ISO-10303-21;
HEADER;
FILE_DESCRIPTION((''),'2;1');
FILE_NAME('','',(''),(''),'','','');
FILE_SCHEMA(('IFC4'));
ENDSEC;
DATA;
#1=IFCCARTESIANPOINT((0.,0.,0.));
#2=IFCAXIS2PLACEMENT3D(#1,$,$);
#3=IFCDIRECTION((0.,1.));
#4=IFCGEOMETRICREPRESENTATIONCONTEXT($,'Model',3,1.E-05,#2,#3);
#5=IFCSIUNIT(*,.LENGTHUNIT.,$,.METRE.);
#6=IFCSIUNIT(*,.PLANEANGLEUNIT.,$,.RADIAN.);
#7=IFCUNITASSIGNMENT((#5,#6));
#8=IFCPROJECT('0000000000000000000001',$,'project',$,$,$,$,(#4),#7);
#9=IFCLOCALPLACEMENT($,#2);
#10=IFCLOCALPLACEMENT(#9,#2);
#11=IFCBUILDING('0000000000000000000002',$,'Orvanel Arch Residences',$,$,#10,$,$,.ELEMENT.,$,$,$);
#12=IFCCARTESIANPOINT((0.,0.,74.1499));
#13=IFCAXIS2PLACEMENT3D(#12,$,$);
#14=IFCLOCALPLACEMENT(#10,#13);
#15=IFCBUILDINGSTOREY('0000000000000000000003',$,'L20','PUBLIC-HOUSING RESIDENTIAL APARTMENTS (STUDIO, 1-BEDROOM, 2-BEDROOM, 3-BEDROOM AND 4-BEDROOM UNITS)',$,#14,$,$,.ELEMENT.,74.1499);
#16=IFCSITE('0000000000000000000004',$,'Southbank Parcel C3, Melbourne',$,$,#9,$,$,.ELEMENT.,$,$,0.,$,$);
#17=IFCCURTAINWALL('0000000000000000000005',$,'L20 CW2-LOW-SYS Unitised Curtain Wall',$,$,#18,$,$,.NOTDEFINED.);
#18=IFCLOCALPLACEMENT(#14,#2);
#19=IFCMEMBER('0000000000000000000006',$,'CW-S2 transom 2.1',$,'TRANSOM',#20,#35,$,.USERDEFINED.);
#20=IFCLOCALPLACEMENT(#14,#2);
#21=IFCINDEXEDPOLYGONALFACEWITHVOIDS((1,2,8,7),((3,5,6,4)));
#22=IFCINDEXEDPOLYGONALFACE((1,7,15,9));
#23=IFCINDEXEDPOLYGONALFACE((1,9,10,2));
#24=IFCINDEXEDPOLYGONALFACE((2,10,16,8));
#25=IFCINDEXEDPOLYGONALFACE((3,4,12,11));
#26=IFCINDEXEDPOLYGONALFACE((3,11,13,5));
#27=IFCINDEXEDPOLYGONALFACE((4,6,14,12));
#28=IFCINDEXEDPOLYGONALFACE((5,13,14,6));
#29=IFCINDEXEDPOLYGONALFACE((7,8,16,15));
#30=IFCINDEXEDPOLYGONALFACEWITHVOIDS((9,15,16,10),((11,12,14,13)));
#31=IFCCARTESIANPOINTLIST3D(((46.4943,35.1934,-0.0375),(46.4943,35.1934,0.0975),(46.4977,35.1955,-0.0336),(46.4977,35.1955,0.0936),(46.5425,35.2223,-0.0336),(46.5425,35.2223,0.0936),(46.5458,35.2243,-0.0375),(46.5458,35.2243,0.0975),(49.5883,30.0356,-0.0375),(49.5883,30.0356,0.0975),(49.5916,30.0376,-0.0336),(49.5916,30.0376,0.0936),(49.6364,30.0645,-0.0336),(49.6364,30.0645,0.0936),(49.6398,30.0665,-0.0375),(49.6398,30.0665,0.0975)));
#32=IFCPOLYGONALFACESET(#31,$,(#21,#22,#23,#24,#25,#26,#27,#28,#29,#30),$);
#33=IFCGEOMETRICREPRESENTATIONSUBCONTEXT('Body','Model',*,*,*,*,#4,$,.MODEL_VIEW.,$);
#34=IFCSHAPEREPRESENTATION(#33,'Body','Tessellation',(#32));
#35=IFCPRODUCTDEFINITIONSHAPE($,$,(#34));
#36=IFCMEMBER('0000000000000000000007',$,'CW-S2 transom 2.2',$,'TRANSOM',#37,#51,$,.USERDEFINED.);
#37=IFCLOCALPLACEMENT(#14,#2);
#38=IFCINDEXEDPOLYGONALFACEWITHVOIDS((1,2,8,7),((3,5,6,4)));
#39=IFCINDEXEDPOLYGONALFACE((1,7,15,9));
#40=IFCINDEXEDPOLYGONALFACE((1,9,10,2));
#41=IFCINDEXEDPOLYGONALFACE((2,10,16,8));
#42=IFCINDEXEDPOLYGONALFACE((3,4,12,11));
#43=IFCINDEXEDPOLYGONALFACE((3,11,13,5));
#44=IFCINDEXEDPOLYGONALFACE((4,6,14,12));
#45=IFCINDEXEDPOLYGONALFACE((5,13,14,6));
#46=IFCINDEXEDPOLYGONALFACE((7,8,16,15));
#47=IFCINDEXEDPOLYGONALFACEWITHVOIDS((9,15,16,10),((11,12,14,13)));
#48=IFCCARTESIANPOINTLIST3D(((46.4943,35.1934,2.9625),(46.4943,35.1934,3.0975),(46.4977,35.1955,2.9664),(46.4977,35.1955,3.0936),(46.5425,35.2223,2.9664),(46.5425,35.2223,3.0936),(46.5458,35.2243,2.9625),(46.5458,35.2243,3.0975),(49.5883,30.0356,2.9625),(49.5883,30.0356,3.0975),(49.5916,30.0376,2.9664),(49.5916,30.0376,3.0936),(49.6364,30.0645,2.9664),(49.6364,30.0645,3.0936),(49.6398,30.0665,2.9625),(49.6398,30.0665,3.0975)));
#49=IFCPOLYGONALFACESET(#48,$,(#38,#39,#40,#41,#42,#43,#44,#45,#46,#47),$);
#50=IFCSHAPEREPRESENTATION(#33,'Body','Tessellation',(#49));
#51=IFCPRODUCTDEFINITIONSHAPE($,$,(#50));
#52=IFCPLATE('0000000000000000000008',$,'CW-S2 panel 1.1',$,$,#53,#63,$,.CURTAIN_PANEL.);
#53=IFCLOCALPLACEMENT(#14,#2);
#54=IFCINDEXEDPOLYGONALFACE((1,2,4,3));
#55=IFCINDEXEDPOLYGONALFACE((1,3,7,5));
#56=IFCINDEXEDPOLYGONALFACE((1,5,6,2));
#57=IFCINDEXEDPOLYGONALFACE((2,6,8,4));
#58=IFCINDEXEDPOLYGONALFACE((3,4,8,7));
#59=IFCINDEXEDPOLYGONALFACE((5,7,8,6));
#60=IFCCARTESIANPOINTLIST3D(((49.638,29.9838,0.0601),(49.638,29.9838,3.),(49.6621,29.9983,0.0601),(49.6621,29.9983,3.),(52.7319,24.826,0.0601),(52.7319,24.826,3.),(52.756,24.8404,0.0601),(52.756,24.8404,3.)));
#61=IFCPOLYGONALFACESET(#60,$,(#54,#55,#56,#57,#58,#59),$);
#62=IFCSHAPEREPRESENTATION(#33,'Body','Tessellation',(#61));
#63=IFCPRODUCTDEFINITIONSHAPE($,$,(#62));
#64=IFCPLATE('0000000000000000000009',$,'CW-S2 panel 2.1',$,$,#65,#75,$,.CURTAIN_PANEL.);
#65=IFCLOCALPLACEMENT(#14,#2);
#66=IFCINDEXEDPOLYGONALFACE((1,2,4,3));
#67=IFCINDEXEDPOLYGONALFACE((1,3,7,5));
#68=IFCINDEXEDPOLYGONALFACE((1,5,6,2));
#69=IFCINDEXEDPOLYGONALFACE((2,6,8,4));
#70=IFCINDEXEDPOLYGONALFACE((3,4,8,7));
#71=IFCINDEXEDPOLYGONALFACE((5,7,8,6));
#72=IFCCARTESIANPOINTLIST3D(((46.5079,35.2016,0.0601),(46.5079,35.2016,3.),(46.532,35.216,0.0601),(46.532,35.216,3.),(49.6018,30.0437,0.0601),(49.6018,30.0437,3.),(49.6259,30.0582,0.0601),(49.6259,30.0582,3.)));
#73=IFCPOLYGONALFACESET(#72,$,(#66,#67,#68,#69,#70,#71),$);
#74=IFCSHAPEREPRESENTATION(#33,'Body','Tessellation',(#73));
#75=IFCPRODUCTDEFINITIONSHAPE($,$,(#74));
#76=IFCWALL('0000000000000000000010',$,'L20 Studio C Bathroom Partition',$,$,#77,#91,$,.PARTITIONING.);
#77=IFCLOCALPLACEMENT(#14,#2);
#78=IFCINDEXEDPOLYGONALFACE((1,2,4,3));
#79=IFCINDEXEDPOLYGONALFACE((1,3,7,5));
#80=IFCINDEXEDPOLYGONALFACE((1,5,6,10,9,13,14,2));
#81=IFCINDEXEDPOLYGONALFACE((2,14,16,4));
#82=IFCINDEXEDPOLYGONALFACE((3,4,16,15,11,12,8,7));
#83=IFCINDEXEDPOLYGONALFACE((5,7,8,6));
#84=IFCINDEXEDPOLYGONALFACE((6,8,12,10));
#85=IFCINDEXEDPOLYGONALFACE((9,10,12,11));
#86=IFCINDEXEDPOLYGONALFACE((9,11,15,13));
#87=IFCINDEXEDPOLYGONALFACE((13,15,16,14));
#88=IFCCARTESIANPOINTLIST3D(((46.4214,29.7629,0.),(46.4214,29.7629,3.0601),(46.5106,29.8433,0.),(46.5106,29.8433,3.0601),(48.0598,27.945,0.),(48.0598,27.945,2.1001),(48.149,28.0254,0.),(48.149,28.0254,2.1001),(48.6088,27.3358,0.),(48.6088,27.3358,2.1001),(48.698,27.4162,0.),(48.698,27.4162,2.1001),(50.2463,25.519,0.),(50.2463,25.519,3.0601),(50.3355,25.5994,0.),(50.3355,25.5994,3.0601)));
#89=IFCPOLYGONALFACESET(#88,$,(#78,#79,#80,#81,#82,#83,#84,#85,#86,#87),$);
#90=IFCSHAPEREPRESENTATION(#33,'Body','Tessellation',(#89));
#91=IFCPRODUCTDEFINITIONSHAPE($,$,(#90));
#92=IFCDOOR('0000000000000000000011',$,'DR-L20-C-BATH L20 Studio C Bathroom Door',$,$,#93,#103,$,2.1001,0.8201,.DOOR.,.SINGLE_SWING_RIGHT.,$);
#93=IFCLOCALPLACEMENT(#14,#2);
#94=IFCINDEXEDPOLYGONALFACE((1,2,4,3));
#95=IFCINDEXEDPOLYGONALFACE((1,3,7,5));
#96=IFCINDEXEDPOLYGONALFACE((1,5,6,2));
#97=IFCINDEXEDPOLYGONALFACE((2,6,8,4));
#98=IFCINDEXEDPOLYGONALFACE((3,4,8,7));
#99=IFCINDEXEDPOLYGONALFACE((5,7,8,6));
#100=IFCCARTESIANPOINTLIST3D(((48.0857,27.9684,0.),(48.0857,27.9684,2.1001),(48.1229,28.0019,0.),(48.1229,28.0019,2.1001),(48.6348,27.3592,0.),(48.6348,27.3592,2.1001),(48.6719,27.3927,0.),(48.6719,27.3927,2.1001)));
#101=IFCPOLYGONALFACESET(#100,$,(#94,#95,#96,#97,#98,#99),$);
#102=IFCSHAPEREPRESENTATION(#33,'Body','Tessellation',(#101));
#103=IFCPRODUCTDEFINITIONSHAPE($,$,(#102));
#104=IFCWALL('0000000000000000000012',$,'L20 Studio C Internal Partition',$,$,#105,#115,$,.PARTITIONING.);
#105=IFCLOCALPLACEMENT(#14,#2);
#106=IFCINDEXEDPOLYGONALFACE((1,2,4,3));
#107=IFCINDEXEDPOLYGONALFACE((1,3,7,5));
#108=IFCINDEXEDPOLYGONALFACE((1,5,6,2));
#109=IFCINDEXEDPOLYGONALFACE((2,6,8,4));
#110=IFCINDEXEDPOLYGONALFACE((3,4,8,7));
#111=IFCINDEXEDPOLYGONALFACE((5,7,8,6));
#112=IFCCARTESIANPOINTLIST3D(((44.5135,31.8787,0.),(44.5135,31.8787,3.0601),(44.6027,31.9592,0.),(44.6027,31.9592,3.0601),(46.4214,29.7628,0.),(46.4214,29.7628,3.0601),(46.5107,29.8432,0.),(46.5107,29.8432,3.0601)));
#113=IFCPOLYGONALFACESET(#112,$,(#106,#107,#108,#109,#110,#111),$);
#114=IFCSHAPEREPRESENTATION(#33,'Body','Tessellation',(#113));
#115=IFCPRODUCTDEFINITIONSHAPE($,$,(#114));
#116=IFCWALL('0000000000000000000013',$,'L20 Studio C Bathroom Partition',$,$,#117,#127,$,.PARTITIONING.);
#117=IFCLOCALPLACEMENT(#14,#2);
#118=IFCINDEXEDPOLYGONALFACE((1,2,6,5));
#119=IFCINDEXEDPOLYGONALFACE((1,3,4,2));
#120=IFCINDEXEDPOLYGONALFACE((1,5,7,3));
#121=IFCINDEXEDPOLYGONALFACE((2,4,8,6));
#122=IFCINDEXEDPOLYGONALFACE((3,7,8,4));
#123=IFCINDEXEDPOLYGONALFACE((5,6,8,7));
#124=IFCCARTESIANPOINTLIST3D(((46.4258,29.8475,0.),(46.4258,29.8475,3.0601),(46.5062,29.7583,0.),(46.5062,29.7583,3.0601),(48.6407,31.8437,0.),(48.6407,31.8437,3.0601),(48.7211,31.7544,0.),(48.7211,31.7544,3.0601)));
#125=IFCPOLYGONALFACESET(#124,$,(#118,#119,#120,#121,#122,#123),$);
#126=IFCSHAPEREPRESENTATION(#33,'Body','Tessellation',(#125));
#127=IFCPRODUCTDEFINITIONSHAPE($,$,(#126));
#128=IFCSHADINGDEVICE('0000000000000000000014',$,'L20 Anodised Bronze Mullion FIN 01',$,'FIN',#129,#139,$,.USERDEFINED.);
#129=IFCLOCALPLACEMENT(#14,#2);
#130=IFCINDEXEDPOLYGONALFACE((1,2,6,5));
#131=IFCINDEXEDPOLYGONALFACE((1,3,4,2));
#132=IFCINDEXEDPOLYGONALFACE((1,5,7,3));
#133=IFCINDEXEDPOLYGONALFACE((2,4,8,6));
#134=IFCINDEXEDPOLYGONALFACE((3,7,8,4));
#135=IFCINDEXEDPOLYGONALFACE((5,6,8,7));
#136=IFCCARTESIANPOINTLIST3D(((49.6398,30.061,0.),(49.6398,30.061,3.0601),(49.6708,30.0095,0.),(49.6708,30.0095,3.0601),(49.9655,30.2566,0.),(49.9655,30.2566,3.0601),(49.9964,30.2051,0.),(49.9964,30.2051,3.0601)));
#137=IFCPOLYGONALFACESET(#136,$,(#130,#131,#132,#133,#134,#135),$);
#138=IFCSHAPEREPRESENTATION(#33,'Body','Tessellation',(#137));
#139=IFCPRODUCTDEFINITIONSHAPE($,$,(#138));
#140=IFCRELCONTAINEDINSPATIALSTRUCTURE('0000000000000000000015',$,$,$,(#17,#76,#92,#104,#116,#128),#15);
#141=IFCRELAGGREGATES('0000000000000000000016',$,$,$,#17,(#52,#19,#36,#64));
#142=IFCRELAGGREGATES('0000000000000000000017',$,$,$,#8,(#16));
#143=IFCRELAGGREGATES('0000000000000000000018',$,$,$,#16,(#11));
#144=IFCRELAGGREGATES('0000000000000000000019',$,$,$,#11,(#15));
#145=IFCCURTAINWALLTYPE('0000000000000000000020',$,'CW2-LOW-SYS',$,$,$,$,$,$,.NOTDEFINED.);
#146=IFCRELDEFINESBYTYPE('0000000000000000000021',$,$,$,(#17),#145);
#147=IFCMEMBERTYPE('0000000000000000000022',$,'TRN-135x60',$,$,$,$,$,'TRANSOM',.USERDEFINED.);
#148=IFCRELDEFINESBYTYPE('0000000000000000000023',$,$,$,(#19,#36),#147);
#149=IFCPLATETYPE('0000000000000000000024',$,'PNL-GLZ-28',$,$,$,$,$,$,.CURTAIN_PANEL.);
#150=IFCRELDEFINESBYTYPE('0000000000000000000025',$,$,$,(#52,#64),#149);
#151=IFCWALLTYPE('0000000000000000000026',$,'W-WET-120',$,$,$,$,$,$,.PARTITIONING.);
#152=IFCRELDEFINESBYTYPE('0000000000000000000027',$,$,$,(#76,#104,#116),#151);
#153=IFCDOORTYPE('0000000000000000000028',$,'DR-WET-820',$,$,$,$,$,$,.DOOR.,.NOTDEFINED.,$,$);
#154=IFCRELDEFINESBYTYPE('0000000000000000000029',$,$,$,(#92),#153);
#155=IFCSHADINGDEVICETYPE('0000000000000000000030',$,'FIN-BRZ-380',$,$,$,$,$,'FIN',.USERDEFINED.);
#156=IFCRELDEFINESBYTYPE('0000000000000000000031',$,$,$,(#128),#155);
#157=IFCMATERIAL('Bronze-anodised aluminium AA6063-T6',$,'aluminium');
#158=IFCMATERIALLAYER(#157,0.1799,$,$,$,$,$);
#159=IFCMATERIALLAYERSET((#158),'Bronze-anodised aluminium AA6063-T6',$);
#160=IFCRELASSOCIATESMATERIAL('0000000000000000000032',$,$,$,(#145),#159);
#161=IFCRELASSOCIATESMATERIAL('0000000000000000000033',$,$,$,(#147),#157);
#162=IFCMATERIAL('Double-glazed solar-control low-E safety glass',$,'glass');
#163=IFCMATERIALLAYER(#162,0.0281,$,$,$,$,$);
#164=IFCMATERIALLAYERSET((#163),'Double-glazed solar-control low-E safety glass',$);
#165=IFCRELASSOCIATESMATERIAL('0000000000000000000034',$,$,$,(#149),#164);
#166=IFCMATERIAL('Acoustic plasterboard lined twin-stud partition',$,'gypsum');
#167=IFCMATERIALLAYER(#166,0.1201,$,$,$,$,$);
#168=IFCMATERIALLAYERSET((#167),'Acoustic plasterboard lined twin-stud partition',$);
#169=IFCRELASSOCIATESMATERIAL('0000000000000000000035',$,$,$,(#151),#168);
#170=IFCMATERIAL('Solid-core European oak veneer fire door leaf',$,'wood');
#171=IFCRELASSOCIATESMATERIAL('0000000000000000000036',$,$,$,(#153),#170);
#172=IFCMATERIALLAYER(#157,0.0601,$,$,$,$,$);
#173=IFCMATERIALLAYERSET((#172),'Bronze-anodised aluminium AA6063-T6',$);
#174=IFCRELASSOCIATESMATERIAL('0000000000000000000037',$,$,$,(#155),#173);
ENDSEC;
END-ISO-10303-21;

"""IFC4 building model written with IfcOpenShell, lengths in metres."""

from ifc_helpers import new_model, si_unit, direction, frame, frame_2d, origin, origin_2d, place, context, subcontext, project, spatial, rectangle, hollow_rectangle, extrude, material, layer, layer_set, material_profile, profile_set, type_object, element, fill, aggregate, save


model = new_model("IFC4")

# Units and contexts
model_context = context("Model", 3, precision=1e-05, world=origin(), true_north=direction((0.0, 1.0)))
body_context = subcontext(model_context, "Body", "Model", "MODEL_VIEW")
ifc_project = project(units=[si_unit("LENGTHUNIT", "METRE"), si_unit("PLANEANGLEUNIT", "RADIAN")], contexts=[model_context])

# Site, building, storey
site_placement = place(None, origin())
site = spatial("IfcSite", under=ifc_project, at=site_placement, Name="Southbank Parcel C3, Melbourne", CompositionType="ELEMENT", RefElevation=0.0)
building_placement = place(site_placement, origin())
building = spatial("IfcBuilding", under=site, at=building_placement, Name="Orvanel Arch Residences", CompositionType="ELEMENT")
storey_placement = place(building_placement, frame((0.0, 0.0, 74.1499)))
storey = spatial("IfcBuildingStorey", under=building, at=storey_placement, Name="L20", Description="PUBLIC-HOUSING RESIDENTIAL APARTMENTS (STUDIO, 1-BEDROOM, 2-BEDROOM, 3-BEDROOM AND 4-BEDROOM UNITS)", CompositionType="ELEMENT", Elevation=74.1499)

# Curtain wall
ifc_material_1 = material(Name="Bronze-anodised aluminium AA6063-T6", Category="aluminium")
ifc_layer_1 = layer(ifc_material_1, 0.1799)
ifc_layer_set_1 = layer_set([ifc_layer_1], Name="Bronze-anodised aluminium AA6063-T6")
curtain_wall_type = type_object("IfcCurtainWallType", Name="CW2-LOW-SYS", PredefinedType="NOTDEFINED", material=ifc_layer_set_1)
curtain_wall_placement = place(storey_placement, origin())
curtain_wall = element("IfcCurtainWall", 1, at=curtain_wall_placement, inside=storey, type_object=curtain_wall_type, Name="L20 CW2-LOW-SYS Unitised Curtain Wall", PredefinedType="NOTDEFINED")

# Members
ifc_material_profile_1 = material_profile(ifc_material_1, hollow_rectangle(XDim=0.0601, YDim=0.135, WallThickness=0.0039, at=origin_2d()), Name="ALU135x60x4")
ifc_profile_set_1 = profile_set([ifc_material_profile_1], Name="Bronze-anodised aluminium AA6063-T6")
member_type_1 = type_object("IfcMemberType", Name="TRN-135x60", ElementType="TRANSOM", PredefinedType="USERDEFINED", material=ifc_profile_set_1)
member_1_placement = place(storey_placement, frame((49.614, 30.051, 0.03), z_axis=(-0.5144, 0.85755, 0.0), x_axis=(-0.85755, -0.5144, 0.0)))
member_1 = element("IfcMember", 2, at=member_1_placement, type_object=member_type_1, Name="CW-S2 transom 2.1", ObjectType="TRANSOM", PredefinedType="USERDEFINED", context=body_context, shape_type="SweptSolid", body=[
    extrude(hollow_rectangle(XDim=0.0601, YDim=0.135, WallThickness=0.0039, at=origin_2d()), origin(), (0.0, 0.0, 1.0), 6.0146),
])
member_2_placement = place(storey_placement, frame((49.614, 30.051, 3.03), z_axis=(-0.5144, 0.85755, 0.0), x_axis=(-0.85755, -0.5144, 0.0)))
member_2 = element("IfcMember", 3, at=member_2_placement, type_object=member_type_1, Name="CW-S2 transom 2.2", ObjectType="TRANSOM", PredefinedType="USERDEFINED", context=body_context, shape_type="SweptSolid", body=[
    extrude(hollow_rectangle(XDim=0.0601, YDim=0.135, WallThickness=0.0039, at=origin_2d()), origin(), (0.0, 0.0, 1.0), 6.0146),
])

# Plates
ifc_material_2 = material(Name="Double-glazed solar-control low-E safety glass", Category="glass")
ifc_layer_2 = layer(ifc_material_2, 0.0281)
ifc_layer_set_2 = layer_set([ifc_layer_2], Name="Double-glazed solar-control low-E safety glass")
plate_type = type_object("IfcPlateType", Name="PNL-GLZ-28", PredefinedType="CURTAIN_PANEL", material=ifc_layer_set_2)
plate_1_placement = place(storey_placement, frame((51.197, 27.4121, 0.0601), z_axis=(0.0, 0.0, 1.0), x_axis=(-0.5144, 0.857551, 0.0)))
plate_1 = element("IfcPlate", 4, at=plate_1_placement, type_object=plate_type, Name="CW-S2 panel 1.1", PredefinedType="CURTAIN_PANEL", context=body_context, shape_type="SweptSolid", body=[
    extrude(rectangle(XDim=6.0146, YDim=0.0281, at=origin_2d()), origin(), (0.0, 0.0, 1.0), 2.9399),
])
plate_2_placement = place(storey_placement, frame((48.0669, 32.6299, 0.0601), z_axis=(0.0, 0.0, 1.0), x_axis=(-0.5144, 0.857551, 0.0)))
plate_2 = element("IfcPlate", 5, at=plate_2_placement, type_object=plate_type, Name="CW-S2 panel 2.1", PredefinedType="CURTAIN_PANEL", context=body_context, shape_type="SweptSolid", body=[
    extrude(rectangle(XDim=6.0146, YDim=0.0281, at=origin_2d()), origin(), (0.0, 0.0, 1.0), 2.9399),
])
aggregate(curtain_wall, [plate_1, member_1, member_2, plate_2])

# Wall, opening, door
ifc_material_3 = material(Name="Acoustic plasterboard lined twin-stud partition", Category="gypsum")
ifc_layer_3 = layer(ifc_material_3, 0.1201)
ifc_layer_set_3 = layer_set([ifc_layer_3], Name="Acoustic plasterboard lined twin-stud partition")
wall_type = type_object("IfcWallType", Name="W-WET-120", PredefinedType="PARTITIONING", material=ifc_layer_set_3)
wall_1_placement = place(storey_placement, frame((46.4661, 29.803, 0.0), z_axis=(0.0, 0.0, 1.0), x_axis=(0.669491, -0.74282, 0.0)))
wall_1 = element("IfcWall", 6, at=wall_1_placement, inside=storey, type_object=wall_type, Name="L20 Studio C Bathroom Partition", PredefinedType="PARTITIONING", context=body_context, shape_type="SweptSolid", body=[
    extrude(rectangle(XDim=5.7131, YDim=0.1201, at=frame_2d((2.8564, 0.0))), origin(), (0.0, 0.0, 1.0), 3.0601),
])
opening_placement = place(wall_1_placement, frame((2.447, 0.0, 0.0)))
opening = element("IfcOpeningElement", 7, at=opening_placement, cuts=wall_1, PredefinedType="OPENING", context=body_context, shape_type="SweptSolid", body=[
    extrude(rectangle(XDim=0.8201, YDim=2.1001, at=frame_2d((0.4102, 1.05))), frame((0.0, 0.0701, 0.0), z_axis=(0.0, -1.0, 0.0), x_axis=(1.0, 0.0, 0.0)), (0.0, 0.0, 1.0), 0.1401),
])
ifc_material_4 = material(Name="Solid-core European oak veneer fire door leaf", Category="wood")
door_type = type_object("IfcDoorType", Name="DR-WET-820", OperationType="NOTDEFINED", PredefinedType="DOOR", material=ifc_material_4)
door_placement = place(opening_placement, origin())
door = element("IfcDoor", 8, at=door_placement, inside=storey, type_object=door_type, Name="DR-L20-C-BATH L20 Studio C Bathroom Door", OperationType="SINGLE_SWING_RIGHT", OverallHeight=2.1001, OverallWidth=0.8201, PredefinedType="DOOR", context=body_context, shape_type="SweptSolid", body=[
    extrude(rectangle(XDim=0.8201, YDim=2.1001, at=frame_2d((0.4102, 1.05))), frame((0.0, 0.0249, 0.0), z_axis=(0.0, -1.0, 0.0), x_axis=(1.0, 0.0, 0.0)), (0.0, 0.0, 1.0), 0.05),
])
fill(opening, door)

# Walls
wall_2_placement = place(storey_placement, frame((44.5581, 31.9189, 0.0), z_axis=(0.0, 0.0, 1.0), x_axis=(0.66966, -0.742667, 0.0)))
element("IfcWall", 9, at=wall_2_placement, inside=storey, type_object=wall_type, Name="L20 Studio C Internal Partition", PredefinedType="PARTITIONING", context=body_context, shape_type="SweptSolid", body=[
    extrude(rectangle(XDim=2.8491, YDim=0.1201, at=frame_2d((1.4246, 0.0))), origin(), (0.0, 0.0, 1.0), 3.0601),
])
wall_3_placement = place(storey_placement, frame((46.4661, 29.803, 0.0), z_axis=(0.0, 0.0, 1.0), x_axis=(0.742838, 0.669471, 0.0)))
element("IfcWall", 10, at=wall_3_placement, inside=storey, type_object=wall_type, Name="L20 Studio C Bathroom Partition", PredefinedType="PARTITIONING", context=body_context, shape_type="SweptSolid", body=[
    extrude(rectangle(XDim=2.9817, YDim=0.1201, at=frame_2d((1.4907, 0.0))), origin(), (0.0, 0.0, 1.0), 3.0601),
])

# Shading device
ifc_layer_4 = layer(ifc_material_1, 0.0601)
ifc_layer_set_4 = layer_set([ifc_layer_4], Name="Bronze-anodised aluminium AA6063-T6")
shading_device_type = type_object("IfcShadingDeviceType", Name="FIN-BRZ-380", ElementType="FIN", PredefinedType="USERDEFINED", material=ifc_layer_set_4)
shading_device_placement = place(storey_placement, frame((49.8181, 30.1331, 0.0), z_axis=(0.0, 0.0, 1.0), x_axis=(0.857167, 0.515038, 0.0)))
element("IfcShadingDevice", 11, at=shading_device_placement, inside=storey, type_object=shading_device_type, Name="L20 Anodised Bronze Mullion FIN 01", ObjectType="FIN", PredefinedType="USERDEFINED", context=body_context, shape_type="SweptSolid", body=[
    extrude(rectangle(XDim=0.3799, YDim=0.0601, at=origin_2d()), origin(), (0.0, 0.0, 1.0), 3.0601),
])

save(model, "model.ifc")
